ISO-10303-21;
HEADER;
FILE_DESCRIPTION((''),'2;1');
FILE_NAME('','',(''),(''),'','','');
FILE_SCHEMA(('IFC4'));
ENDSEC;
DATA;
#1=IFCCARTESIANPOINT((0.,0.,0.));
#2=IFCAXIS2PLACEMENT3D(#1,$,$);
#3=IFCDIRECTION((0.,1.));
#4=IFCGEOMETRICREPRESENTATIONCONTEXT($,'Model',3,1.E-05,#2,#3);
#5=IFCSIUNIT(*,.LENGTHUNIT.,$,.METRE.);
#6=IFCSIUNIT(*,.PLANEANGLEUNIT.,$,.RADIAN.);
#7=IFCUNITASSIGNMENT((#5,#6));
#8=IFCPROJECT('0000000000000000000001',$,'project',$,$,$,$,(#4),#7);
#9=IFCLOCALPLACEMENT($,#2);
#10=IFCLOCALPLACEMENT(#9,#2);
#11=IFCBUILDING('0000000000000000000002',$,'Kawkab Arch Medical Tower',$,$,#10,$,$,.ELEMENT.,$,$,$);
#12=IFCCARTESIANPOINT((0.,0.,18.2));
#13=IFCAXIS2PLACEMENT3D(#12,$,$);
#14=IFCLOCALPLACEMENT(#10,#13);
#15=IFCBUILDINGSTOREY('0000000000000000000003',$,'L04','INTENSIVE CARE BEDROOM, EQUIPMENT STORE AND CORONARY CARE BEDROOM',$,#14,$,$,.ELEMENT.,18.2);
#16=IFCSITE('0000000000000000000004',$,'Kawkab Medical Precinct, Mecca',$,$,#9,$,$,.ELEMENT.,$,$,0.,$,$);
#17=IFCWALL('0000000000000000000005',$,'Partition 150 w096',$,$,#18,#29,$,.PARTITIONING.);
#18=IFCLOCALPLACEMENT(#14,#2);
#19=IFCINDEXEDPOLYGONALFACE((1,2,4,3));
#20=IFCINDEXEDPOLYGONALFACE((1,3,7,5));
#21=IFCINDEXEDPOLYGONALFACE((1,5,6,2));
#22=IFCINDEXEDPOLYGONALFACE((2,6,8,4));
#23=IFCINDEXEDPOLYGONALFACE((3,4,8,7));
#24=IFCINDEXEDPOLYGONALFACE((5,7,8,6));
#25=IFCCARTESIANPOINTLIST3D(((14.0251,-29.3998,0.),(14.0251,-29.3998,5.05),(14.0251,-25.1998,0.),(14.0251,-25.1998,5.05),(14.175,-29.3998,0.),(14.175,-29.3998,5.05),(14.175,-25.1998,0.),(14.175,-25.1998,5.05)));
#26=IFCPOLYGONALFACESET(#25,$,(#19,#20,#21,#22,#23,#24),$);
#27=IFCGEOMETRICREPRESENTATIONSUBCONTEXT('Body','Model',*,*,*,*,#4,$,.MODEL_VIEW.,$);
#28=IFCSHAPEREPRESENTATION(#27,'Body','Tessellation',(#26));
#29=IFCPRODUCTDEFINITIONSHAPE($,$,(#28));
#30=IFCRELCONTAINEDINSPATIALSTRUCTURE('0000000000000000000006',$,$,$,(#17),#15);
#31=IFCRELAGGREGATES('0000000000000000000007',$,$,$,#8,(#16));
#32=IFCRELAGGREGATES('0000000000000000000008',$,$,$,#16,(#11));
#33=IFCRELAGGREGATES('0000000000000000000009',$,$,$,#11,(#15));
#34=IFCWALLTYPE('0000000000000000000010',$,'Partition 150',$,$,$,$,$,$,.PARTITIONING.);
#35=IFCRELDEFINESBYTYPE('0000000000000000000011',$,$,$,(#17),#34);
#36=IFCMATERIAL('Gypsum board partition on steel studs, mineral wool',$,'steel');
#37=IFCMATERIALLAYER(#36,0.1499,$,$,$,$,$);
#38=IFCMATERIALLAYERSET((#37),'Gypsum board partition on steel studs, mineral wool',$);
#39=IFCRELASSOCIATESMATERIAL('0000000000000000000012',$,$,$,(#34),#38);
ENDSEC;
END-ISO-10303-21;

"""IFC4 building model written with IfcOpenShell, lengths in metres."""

from ifc_helpers import new_model, si_unit, direction, frame, frame_2d, origin, place, context, subcontext, project, spatial, rectangle, extrude, material, layer, layer_set, type_object, element, save


model = new_model("IFC4")

# Units and contexts
model_context = context("Model", 3, precision=1e-05, world=origin(), true_north=direction((0.0, 1.0)))
body_context = subcontext(model_context, "Body", "Model", "MODEL_VIEW")
ifc_project = project(units=[si_unit("LENGTHUNIT", "METRE"), si_unit("PLANEANGLEUNIT", "RADIAN")], contexts=[model_context])

# Site, building, storey
site_placement = place(None, origin())
site = spatial("IfcSite", under=ifc_project, at=site_placement, Name="Kawkab Medical Precinct, Mecca", CompositionType="ELEMENT", RefElevation=0.0)
building_placement = place(site_placement, origin())
building = spatial("IfcBuilding", under=site, at=building_placement, Name="Kawkab Arch Medical Tower", CompositionType="ELEMENT")
storey_placement = place(building_placement, frame((0.0, 0.0, 18.2)))
storey = spatial("IfcBuildingStorey", under=building, at=storey_placement, Name="L04", Description="INTENSIVE CARE BEDROOM, EQUIPMENT STORE AND CORONARY CARE BEDROOM", CompositionType="ELEMENT", Elevation=18.2)

# Wall
ifc_material_1 = material(Name="Gypsum board partition on steel studs, mineral wool", Category="steel")
ifc_layer_1 = layer(ifc_material_1, 0.1499)
ifc_layer_set_1 = layer_set([ifc_layer_1], Name="Gypsum board partition on steel studs, mineral wool")
wall_type_1 = type_object("IfcWallType", Name="Partition 150", PredefinedType="PARTITIONING", material=ifc_layer_set_1)
wall_1_placement = place(storey_placement, frame((14.1001, -29.3999, 0.0), z_axis=(0.0, 0.0, 1.0), x_axis=(0.0, 1.0, 0.0)))
element("IfcWall", 1, at=wall_1_placement, inside=storey, type_object=wall_type_1, Name="Partition 150 w096", PredefinedType="PARTITIONING", context=body_context, shape_type="SweptSolid", body=[
    extrude(rectangle(XDim=4.2, YDim=0.1499, at=frame_2d((2.1001, 0.0))), origin(), (0.0, 0.0, 1.0), 5.05),
])

save(model, "model.ifc")
